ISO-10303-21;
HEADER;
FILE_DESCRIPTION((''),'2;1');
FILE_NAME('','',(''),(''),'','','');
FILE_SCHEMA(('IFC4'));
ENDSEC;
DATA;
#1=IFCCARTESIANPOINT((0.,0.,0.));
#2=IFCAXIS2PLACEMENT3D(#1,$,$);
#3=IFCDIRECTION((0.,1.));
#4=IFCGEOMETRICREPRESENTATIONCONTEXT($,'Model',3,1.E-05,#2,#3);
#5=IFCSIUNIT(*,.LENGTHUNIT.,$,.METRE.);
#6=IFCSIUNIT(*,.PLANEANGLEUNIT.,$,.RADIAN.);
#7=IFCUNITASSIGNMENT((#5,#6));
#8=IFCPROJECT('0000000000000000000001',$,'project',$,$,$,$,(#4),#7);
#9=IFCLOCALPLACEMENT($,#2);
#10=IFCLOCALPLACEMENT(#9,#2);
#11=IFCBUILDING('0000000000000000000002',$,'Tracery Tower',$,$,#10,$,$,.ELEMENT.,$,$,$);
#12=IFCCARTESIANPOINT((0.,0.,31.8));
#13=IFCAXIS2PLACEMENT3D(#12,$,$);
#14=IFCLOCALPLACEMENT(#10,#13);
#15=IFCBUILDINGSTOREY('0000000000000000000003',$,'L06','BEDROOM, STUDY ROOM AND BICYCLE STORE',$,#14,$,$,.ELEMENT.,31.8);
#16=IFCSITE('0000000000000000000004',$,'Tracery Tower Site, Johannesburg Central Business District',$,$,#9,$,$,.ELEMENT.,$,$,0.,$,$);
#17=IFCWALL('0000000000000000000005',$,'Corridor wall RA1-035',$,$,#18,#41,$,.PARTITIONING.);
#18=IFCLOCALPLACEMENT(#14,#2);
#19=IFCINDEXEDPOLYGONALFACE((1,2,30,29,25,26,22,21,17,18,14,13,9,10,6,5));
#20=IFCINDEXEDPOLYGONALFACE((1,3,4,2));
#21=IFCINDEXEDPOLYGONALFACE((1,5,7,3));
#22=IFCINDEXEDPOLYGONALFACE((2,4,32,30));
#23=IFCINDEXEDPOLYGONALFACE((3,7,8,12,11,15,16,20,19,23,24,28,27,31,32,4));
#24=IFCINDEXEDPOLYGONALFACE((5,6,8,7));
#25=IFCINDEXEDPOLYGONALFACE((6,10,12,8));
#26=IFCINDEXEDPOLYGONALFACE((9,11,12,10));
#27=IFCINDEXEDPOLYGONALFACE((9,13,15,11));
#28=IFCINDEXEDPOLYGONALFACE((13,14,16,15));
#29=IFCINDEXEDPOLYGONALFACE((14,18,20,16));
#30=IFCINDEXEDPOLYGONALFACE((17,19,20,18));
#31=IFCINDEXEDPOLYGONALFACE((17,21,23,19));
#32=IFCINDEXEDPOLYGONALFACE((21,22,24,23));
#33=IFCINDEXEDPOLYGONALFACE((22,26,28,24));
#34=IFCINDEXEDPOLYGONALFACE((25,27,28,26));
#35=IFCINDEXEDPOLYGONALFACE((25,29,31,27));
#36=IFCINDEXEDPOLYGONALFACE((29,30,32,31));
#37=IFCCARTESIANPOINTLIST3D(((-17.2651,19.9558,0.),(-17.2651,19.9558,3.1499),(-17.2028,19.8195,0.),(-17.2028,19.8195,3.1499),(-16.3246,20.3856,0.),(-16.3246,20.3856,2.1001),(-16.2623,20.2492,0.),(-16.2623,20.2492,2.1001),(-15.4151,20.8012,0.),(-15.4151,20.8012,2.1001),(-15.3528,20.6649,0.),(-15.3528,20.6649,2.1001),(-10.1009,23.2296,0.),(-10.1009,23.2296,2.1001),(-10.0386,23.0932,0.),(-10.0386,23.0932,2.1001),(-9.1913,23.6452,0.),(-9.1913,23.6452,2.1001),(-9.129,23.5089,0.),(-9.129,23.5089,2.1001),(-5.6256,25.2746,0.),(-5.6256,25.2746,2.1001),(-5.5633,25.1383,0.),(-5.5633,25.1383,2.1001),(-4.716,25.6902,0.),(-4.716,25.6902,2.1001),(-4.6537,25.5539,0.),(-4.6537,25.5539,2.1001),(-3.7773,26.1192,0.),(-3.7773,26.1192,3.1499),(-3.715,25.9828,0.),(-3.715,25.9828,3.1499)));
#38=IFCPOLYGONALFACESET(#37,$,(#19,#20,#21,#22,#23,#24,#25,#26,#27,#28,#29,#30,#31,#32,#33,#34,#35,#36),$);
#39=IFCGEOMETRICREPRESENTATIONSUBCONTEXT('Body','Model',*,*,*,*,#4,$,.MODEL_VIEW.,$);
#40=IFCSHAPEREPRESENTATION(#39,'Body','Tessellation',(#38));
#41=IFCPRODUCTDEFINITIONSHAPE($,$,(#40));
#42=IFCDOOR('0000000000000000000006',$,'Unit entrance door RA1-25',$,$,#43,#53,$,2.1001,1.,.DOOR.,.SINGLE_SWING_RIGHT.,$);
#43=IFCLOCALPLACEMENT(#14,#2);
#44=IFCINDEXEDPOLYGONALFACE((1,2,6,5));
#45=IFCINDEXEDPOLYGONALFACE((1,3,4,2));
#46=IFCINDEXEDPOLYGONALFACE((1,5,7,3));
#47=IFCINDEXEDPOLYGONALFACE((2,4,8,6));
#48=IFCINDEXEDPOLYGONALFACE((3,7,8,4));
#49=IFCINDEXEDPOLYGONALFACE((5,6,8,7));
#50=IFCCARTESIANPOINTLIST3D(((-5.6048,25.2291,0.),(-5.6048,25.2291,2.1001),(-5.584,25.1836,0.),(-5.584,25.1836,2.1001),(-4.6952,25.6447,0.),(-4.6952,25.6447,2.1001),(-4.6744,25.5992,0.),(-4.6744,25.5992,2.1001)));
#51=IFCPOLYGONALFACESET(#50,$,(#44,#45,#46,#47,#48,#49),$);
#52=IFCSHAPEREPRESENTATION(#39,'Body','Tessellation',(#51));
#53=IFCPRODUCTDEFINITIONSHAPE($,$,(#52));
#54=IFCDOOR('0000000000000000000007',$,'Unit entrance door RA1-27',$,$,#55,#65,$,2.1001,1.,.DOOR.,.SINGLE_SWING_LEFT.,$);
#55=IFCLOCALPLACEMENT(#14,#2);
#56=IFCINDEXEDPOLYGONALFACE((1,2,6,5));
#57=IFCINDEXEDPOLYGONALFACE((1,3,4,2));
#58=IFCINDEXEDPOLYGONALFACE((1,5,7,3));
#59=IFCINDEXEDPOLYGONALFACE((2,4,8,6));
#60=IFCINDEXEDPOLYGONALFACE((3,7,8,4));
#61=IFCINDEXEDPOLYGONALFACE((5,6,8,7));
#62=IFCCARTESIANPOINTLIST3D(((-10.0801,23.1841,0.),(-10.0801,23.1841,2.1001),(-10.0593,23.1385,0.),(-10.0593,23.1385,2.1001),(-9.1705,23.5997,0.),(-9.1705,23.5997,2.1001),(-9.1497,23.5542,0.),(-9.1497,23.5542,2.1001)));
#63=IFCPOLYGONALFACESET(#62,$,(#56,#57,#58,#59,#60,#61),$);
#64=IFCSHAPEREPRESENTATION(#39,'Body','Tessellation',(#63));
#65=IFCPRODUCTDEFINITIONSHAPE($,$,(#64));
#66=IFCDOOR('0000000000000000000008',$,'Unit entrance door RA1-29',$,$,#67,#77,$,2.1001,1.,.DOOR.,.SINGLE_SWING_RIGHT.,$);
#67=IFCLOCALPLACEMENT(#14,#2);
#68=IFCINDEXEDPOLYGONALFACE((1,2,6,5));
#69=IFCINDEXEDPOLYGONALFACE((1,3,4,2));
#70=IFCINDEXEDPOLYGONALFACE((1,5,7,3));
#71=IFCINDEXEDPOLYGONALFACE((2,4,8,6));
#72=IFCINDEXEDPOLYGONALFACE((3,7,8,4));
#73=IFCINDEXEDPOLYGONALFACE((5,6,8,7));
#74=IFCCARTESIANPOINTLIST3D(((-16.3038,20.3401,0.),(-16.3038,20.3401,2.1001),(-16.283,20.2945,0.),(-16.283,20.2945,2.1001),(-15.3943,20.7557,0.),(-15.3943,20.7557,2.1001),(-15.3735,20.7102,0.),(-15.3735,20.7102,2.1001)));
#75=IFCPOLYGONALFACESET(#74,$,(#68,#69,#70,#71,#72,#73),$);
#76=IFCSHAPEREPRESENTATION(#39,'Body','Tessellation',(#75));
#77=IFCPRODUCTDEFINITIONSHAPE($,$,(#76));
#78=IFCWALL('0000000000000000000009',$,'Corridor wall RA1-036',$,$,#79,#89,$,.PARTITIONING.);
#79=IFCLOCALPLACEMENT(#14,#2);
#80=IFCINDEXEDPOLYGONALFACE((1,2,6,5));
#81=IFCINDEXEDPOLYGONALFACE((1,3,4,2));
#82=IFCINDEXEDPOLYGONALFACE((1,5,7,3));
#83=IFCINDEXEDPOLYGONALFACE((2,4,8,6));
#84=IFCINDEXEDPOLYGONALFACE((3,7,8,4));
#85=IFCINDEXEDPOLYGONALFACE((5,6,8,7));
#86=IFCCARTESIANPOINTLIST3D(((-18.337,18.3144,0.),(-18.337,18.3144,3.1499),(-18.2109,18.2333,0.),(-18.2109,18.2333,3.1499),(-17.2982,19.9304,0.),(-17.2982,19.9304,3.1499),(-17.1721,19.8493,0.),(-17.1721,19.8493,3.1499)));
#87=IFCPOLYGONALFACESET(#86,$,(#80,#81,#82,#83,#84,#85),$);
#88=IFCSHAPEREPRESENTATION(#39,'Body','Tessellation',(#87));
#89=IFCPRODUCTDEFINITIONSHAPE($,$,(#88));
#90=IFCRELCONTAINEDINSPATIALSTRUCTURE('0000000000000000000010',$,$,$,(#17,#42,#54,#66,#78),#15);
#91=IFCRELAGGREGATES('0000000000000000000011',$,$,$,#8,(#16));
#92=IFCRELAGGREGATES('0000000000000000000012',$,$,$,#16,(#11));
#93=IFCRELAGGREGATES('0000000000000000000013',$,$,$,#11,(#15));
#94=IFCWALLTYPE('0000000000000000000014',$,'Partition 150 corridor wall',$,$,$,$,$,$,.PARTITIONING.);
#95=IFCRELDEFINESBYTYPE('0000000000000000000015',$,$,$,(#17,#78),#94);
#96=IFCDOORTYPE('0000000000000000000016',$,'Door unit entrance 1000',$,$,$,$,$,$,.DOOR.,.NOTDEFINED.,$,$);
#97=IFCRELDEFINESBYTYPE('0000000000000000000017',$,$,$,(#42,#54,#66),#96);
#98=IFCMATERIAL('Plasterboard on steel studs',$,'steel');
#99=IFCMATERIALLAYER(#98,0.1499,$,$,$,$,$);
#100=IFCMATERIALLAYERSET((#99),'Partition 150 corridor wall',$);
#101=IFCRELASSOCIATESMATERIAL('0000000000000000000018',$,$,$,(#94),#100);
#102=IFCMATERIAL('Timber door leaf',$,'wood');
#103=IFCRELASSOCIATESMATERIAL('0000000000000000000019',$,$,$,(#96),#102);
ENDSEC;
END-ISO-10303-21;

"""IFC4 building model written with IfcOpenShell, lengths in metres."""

from ifc_helpers import new_model, si_unit, direction, frame, frame_2d, origin, place, context, subcontext, project, spatial, rectangle, extrude, material, layer, layer_set, type_object, element, fill, save


model = new_model("IFC4")

# Units and contexts
model_context = context("Model", 3, precision=1e-05, world=origin(), true_north=direction((0.0, 1.0)))
body_context = subcontext(model_context, "Body", "Model", "MODEL_VIEW")
ifc_project = project(units=[si_unit("LENGTHUNIT", "METRE"), si_unit("PLANEANGLEUNIT", "RADIAN")], contexts=[model_context])

# Site, building, storey
site_placement = place(None, origin())
site = spatial("IfcSite", under=ifc_project, at=site_placement, Name="Tracery Tower Site, Johannesburg Central Business District", CompositionType="ELEMENT", RefElevation=0.0)
building_placement = place(site_placement, origin())
building = spatial("IfcBuilding", under=site, at=building_placement, Name="Tracery Tower", CompositionType="ELEMENT")
storey_placement = place(building_placement, frame((0.0, 0.0, 31.8)))
storey = spatial("IfcBuildingStorey", under=building, at=storey_placement, Name="L06", Description="BEDROOM, STUDY ROOM AND BICYCLE STORE", CompositionType="ELEMENT", Elevation=31.8)

# Wall, openings, doors
ifc_material_1 = material(Name="Plasterboard on steel studs", Category="steel")
ifc_layer_1 = layer(ifc_material_1, 0.1499)
ifc_layer_set_1 = layer_set([ifc_layer_1], Name="Partition 150 corridor wall")
wall_type_1 = type_object("IfcWallType", Name="Partition 150 corridor wall", PredefinedType="PARTITIONING", material=ifc_layer_set_1)
wall_1_placement = place(storey_placement, frame((-17.2339, 19.8877, 0.0), z_axis=(0.0, 0.0, 1.0), x_axis=(0.909539, 0.415619, 0.0)))
wall_1 = element("IfcWall", 1, at=wall_1_placement, inside=storey, type_object=wall_type_1, Name="Corridor wall RA1-035", PredefinedType="PARTITIONING", context=body_context, shape_type="SweptSolid", body=[
    extrude(rectangle(XDim=14.8293, YDim=0.1499, at=frame_2d((7.4146, 0.0))), origin(), (0.0, 0.0, 1.0), 3.1499),
])
opening_1_placement = place(wall_1_placement, frame((12.7971, 0.0, 0.0)))
opening_1 = element("IfcOpeningElement", 2, at=opening_1_placement, cuts=wall_1, PredefinedType="OPENING", context=body_context, shape_type="SweptSolid", body=[
    extrude(rectangle(XDim=1.0, YDim=2.1001, at=frame_2d((0.5, 1.05))), frame((0.0, 0.075, 0.0), z_axis=(0.0, -1.0, 0.0), x_axis=(1.0, 0.0, 0.0)), (0.0, 0.0, 1.0), 0.1499),
])
opening_2_placement = place(wall_1_placement, frame((7.8767, 0.0, 0.0)))
opening_2 = element("IfcOpeningElement", 3, at=opening_2_placement, cuts=wall_1, PredefinedType="OPENING", context=body_context, shape_type="SweptSolid", body=[
    extrude(rectangle(XDim=1.0, YDim=2.1001, at=frame_2d((0.5, 1.05))), frame((0.0, 0.075, 0.0), z_axis=(0.0, -1.0, 0.0), x_axis=(1.0, 0.0, 0.0)), (0.0, 0.0, 1.0), 0.1499),
])
opening_3_placement = place(wall_1_placement, frame((1.0339, 0.0, 0.0)))
opening_3 = element("IfcOpeningElement", 4, at=opening_3_placement, cuts=wall_1, PredefinedType="OPENING", context=body_context, shape_type="SweptSolid", body=[
    extrude(rectangle(XDim=1.0, YDim=2.1001, at=frame_2d((0.5, 1.05))), frame((0.0, 0.075, 0.0), z_axis=(0.0, -1.0, 0.0), x_axis=(1.0, 0.0, 0.0)), (0.0, 0.0, 1.0), 0.1499),
])
ifc_material_2 = material(Name="Timber door leaf", Category="wood")
door_type_1 = type_object("IfcDoorType", Name="Door unit entrance 1000", OperationType="NOTDEFINED", PredefinedType="DOOR", material=ifc_material_2)
door_1_placement = place(opening_1_placement, origin())
door_1 = element("IfcDoor", 5, at=door_1_placement, inside=storey, type_object=door_type_1, Name="Unit entrance door RA1-25", OperationType="SINGLE_SWING_RIGHT", OverallHeight=2.1001, OverallWidth=1.0, PredefinedType="DOOR", context=body_context, shape_type="SweptSolid", body=[
    extrude(rectangle(XDim=1.0, YDim=2.1001, at=frame_2d((0.5, 1.05))), frame((0.0, 0.0249, 0.0), z_axis=(0.0, -1.0, 0.0), x_axis=(1.0, 0.0, 0.0)), (0.0, 0.0, 1.0), 0.05),
])
fill(opening_1, door_1)
door_2_placement = place(opening_2_placement, origin())
door_2 = element("IfcDoor", 6, at=door_2_placement, inside=storey, type_object=door_type_1, Name="Unit entrance door RA1-27", OperationType="SINGLE_SWING_LEFT", OverallHeight=2.1001, OverallWidth=1.0, PredefinedType="DOOR", context=body_context, shape_type="SweptSolid", body=[
    extrude(rectangle(XDim=1.0, YDim=2.1001, at=frame_2d((0.5, 1.05))), frame((0.0, 0.0249, 0.0), z_axis=(0.0, -1.0, 0.0), x_axis=(1.0, 0.0, 0.0)), (0.0, 0.0, 1.0), 0.05),
])
fill(opening_2, door_2)
door_3_placement = place(opening_3_placement, origin())
door_3 = element("IfcDoor", 7, at=door_3_placement, inside=storey, type_object=door_type_1, Name="Unit entrance door RA1-29", OperationType="SINGLE_SWING_RIGHT", OverallHeight=2.1001, OverallWidth=1.0, PredefinedType="DOOR", context=body_context, shape_type="SweptSolid", body=[
    extrude(rectangle(XDim=1.0, YDim=2.1001, at=frame_2d((0.5, 1.05))), frame((0.0, 0.0249, 0.0), z_axis=(0.0, -1.0, 0.0), x_axis=(1.0, 0.0, 0.0)), (0.0, 0.0, 1.0), 0.05),
])
fill(opening_3, door_3)

# Wall
wall_2_placement = place(storey_placement, frame((-18.2739, 18.2739, 0.0), z_axis=(0.0, 0.0, 1.0), x_axis=(0.540751, 0.841183, 0.0)))
element("IfcWall", 8, at=wall_2_placement, inside=storey, type_object=wall_type_1, Name="Corridor wall RA1-036", PredefinedType="PARTITIONING", context=body_context, shape_type="SweptSolid", body=[
    extrude(rectangle(XDim=1.9211, YDim=0.1499, at=frame_2d((0.9604, 0.0))), origin(), (0.0, 0.0, 1.0), 3.1499),
])

save(model, "model.ifc")
